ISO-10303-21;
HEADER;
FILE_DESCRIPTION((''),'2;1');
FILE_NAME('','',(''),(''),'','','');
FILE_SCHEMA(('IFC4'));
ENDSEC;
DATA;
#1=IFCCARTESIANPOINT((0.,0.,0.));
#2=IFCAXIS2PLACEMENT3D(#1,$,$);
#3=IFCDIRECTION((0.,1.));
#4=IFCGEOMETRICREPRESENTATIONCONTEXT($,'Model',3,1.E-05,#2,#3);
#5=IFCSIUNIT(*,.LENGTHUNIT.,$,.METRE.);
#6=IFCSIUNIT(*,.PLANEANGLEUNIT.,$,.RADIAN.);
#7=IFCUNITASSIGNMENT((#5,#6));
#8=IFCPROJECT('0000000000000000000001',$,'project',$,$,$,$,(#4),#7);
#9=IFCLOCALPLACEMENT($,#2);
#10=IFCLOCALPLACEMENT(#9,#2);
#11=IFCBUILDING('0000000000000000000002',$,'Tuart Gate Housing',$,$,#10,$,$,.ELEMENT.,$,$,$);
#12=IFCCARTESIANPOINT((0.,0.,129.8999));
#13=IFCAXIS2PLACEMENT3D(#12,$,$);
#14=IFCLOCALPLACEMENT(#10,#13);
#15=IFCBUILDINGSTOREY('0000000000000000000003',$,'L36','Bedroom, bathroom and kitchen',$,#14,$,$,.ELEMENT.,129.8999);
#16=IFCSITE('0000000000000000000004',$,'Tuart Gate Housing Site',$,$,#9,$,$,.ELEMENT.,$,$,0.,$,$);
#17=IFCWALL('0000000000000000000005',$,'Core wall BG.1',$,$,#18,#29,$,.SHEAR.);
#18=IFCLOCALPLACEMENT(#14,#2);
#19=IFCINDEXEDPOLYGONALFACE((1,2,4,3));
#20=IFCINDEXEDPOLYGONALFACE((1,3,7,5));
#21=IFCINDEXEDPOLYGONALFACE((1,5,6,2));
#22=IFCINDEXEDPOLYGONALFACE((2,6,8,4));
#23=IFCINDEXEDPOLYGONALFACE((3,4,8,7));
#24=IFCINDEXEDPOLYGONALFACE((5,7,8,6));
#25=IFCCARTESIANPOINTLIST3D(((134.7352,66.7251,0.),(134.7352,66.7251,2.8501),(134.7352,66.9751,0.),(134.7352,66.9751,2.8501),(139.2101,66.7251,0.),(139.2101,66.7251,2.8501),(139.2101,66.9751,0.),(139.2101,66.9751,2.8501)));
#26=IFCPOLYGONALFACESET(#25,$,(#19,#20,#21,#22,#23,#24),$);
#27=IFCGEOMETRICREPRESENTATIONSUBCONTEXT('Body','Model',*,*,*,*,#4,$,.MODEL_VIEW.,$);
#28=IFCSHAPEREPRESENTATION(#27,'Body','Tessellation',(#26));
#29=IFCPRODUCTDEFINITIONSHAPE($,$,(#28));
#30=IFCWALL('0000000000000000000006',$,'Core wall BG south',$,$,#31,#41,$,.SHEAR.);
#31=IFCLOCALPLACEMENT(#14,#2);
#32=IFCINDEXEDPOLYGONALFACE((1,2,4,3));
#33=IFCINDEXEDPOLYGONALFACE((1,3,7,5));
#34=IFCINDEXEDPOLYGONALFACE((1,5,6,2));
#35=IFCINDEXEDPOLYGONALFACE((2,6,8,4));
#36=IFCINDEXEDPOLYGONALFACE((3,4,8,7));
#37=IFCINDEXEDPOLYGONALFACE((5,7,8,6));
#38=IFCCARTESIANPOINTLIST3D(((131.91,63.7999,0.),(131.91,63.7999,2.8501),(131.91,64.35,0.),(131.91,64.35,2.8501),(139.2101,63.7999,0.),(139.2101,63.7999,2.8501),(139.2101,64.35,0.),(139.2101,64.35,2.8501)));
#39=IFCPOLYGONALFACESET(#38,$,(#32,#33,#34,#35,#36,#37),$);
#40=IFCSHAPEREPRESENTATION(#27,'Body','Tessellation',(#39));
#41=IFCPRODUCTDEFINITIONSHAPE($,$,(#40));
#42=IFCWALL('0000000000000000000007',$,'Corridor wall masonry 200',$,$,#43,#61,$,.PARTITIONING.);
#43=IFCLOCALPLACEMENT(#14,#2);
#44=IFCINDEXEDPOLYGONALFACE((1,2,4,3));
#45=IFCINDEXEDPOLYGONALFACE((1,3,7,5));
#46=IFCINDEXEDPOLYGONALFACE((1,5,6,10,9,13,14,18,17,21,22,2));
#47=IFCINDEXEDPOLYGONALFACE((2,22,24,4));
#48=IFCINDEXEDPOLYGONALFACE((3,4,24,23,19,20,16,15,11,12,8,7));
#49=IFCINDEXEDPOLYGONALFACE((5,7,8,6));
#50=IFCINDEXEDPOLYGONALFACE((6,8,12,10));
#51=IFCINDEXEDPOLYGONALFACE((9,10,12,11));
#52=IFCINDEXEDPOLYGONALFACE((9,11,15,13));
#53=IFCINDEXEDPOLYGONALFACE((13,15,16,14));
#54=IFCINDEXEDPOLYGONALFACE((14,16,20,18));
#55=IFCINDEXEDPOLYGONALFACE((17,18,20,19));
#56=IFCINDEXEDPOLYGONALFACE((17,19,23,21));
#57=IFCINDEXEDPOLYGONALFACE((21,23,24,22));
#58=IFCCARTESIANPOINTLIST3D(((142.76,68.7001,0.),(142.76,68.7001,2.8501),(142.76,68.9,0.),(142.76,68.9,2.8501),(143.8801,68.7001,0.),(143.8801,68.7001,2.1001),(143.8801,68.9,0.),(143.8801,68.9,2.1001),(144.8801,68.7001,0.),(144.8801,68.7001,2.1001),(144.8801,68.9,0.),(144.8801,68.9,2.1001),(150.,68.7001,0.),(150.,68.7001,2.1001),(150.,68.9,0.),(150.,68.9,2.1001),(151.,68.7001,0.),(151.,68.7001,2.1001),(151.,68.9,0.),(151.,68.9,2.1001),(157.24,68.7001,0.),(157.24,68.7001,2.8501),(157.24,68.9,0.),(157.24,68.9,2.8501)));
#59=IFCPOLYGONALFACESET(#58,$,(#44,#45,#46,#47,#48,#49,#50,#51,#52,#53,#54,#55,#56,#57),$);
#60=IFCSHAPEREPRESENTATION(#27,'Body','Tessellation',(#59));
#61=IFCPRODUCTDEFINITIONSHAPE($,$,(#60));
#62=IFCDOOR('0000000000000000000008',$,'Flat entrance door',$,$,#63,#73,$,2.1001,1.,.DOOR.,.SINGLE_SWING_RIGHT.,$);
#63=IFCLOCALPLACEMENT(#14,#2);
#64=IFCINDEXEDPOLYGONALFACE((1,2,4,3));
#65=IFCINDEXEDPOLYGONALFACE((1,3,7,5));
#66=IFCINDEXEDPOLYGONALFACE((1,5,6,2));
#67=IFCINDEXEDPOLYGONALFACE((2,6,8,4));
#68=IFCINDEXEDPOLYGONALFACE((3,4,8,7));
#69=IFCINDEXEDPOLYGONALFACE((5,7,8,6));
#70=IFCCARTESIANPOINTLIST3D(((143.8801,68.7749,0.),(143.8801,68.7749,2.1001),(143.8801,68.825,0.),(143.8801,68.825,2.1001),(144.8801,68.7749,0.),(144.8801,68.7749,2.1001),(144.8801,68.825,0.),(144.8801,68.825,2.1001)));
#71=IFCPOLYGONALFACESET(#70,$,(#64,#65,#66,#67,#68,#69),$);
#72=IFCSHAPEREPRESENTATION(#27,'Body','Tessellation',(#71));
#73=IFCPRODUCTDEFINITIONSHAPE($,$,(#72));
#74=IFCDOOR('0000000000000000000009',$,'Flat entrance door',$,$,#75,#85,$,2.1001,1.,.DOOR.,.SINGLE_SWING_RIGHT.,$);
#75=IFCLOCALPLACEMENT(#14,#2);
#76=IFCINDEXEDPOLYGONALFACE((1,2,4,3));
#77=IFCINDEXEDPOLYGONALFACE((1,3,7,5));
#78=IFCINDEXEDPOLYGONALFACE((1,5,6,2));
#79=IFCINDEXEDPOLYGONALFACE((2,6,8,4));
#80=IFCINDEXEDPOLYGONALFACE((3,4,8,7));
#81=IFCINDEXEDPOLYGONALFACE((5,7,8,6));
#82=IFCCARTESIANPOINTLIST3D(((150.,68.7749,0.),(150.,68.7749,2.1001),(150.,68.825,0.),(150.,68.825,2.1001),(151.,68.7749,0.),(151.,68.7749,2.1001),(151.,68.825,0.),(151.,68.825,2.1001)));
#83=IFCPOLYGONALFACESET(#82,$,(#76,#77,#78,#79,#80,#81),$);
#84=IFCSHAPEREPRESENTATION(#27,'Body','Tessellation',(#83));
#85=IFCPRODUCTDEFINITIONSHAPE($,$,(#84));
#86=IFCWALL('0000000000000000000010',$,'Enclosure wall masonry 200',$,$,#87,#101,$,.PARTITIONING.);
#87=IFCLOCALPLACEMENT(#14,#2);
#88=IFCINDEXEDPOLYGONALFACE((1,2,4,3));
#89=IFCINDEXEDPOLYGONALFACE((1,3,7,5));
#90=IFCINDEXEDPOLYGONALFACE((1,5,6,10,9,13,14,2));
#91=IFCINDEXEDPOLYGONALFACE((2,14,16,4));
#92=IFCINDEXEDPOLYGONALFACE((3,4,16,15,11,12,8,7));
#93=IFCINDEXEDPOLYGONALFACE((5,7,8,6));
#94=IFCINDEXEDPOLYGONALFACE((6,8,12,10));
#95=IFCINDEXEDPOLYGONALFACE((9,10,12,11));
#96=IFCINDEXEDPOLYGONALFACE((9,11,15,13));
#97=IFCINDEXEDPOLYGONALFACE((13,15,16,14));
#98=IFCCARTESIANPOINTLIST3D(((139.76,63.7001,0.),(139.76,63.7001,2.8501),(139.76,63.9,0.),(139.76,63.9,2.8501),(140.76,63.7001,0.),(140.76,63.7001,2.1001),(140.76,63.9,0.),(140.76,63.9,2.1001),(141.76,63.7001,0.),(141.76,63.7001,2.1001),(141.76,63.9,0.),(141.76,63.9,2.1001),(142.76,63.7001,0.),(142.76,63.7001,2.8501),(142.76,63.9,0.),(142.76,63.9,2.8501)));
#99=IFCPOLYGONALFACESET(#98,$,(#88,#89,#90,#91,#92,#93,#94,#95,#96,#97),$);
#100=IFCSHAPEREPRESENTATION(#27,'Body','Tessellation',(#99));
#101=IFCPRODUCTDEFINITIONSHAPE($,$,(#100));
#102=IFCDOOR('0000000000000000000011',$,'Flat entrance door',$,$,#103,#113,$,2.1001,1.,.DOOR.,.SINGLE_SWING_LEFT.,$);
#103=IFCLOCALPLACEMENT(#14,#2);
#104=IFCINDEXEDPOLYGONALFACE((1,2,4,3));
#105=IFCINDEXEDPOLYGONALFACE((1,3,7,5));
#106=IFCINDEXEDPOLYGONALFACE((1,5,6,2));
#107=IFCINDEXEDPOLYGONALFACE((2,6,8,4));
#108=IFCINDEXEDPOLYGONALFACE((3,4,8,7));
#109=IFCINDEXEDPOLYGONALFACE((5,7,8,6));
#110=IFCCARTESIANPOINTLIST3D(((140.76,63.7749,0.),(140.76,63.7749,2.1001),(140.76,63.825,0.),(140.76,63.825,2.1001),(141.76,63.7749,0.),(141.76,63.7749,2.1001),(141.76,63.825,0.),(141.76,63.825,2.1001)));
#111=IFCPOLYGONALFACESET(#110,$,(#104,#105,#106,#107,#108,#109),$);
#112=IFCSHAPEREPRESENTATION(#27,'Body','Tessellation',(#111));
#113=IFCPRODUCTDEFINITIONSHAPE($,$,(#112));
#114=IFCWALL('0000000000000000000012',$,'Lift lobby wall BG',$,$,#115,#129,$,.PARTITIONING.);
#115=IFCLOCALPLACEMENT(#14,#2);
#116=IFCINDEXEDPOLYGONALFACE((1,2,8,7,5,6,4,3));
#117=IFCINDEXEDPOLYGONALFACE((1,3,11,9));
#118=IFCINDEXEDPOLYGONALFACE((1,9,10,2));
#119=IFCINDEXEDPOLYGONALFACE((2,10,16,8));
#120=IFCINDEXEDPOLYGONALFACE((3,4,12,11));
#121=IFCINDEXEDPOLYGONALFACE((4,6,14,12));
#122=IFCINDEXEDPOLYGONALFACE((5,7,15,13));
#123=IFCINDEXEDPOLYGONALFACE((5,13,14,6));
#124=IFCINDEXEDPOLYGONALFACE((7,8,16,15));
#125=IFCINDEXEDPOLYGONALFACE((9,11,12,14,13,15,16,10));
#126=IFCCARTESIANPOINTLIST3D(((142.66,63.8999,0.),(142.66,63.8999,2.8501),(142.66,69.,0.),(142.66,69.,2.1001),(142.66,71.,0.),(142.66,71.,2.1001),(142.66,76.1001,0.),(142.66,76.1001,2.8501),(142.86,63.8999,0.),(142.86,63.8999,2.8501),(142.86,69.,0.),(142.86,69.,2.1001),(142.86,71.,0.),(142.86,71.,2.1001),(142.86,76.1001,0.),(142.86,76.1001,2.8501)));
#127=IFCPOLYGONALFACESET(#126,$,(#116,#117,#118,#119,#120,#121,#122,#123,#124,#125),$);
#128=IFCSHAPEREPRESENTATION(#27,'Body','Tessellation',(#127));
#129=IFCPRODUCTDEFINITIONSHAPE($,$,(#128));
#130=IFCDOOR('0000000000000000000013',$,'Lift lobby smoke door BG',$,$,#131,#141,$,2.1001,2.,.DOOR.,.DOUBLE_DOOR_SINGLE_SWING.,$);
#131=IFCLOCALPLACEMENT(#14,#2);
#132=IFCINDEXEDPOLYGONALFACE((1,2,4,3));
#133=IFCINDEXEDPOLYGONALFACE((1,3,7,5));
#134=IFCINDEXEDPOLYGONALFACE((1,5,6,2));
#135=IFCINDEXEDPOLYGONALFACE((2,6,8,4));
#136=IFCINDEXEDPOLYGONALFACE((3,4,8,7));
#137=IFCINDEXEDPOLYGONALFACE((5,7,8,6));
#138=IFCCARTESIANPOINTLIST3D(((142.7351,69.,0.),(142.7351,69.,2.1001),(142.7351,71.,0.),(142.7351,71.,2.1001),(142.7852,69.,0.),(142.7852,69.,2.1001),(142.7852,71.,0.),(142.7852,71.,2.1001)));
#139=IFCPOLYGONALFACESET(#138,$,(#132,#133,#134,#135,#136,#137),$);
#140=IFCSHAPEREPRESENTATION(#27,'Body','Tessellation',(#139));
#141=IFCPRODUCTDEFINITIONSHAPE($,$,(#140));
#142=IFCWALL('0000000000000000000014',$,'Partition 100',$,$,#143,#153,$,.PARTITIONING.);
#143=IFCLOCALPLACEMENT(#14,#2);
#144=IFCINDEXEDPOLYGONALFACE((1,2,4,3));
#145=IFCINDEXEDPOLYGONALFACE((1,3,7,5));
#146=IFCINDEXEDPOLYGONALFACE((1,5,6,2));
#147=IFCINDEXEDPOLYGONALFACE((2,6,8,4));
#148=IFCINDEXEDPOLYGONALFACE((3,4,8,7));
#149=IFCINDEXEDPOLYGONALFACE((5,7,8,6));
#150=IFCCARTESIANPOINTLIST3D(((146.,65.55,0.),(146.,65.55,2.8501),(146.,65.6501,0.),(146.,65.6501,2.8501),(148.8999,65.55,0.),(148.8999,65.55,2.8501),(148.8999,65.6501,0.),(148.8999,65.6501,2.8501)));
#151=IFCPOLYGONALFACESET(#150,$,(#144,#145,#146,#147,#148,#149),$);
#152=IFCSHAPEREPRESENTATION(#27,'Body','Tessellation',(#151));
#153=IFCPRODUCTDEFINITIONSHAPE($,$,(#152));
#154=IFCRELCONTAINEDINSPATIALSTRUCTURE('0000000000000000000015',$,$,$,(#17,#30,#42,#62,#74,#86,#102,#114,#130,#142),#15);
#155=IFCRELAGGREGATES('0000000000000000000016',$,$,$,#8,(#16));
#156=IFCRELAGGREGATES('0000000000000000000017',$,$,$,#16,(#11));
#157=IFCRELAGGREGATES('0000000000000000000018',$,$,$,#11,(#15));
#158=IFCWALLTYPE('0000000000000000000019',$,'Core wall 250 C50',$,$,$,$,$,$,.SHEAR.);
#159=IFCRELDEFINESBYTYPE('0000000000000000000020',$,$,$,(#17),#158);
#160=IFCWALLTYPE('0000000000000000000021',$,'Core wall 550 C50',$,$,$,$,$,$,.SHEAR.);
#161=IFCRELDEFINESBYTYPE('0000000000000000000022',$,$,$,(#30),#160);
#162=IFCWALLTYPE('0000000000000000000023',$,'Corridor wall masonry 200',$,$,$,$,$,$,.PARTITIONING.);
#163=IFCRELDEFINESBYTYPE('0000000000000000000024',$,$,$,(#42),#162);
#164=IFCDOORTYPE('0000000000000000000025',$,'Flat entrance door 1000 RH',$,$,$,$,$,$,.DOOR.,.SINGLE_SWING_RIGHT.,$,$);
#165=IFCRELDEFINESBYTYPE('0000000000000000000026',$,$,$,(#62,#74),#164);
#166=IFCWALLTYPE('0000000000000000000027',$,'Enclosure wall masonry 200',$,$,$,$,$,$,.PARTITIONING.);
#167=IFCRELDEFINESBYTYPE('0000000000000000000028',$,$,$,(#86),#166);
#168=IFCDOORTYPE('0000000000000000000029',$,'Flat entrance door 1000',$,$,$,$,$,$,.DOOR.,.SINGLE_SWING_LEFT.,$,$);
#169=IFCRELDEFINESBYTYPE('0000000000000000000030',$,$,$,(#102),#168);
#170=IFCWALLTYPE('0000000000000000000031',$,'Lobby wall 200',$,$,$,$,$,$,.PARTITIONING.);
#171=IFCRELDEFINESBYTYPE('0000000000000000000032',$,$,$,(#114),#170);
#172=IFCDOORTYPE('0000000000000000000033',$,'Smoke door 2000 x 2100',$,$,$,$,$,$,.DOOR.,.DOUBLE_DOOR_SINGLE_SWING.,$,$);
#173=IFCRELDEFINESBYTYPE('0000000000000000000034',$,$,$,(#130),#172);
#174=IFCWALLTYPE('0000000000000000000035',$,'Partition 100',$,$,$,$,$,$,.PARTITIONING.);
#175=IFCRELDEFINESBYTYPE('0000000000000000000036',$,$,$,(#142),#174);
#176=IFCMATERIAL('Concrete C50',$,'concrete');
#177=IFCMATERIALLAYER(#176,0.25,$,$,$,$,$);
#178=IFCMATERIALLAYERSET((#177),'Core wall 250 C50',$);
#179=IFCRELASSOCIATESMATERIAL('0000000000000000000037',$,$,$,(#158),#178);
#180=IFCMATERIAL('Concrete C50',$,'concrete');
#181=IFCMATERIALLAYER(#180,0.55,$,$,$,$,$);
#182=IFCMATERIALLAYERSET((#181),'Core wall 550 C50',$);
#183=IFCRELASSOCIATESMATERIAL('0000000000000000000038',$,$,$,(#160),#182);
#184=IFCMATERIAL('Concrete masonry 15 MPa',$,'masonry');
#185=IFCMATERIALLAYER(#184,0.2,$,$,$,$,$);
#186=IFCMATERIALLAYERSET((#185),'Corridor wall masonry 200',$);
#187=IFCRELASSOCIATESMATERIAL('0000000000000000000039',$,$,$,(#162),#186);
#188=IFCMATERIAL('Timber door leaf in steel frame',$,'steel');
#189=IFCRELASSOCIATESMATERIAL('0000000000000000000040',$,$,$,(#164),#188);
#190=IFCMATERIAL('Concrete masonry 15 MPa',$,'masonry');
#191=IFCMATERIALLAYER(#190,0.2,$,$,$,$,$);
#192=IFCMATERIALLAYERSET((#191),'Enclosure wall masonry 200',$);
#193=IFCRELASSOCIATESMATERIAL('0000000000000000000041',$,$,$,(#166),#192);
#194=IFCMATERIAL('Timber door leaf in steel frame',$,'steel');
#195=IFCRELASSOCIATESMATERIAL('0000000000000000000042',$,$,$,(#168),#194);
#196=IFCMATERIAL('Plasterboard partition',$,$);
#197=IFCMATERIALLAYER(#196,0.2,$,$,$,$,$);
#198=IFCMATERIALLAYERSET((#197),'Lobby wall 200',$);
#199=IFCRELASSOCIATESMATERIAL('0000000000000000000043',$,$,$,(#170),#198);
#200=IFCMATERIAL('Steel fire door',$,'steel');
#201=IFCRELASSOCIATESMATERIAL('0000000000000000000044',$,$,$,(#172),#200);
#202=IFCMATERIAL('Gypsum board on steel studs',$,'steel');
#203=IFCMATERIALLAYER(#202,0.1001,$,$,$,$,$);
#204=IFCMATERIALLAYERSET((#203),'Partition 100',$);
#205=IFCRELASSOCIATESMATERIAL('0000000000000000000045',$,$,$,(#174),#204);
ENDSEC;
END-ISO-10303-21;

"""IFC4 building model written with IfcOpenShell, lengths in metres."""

from ifc_helpers import new_model, si_unit, direction, frame, frame_2d, origin, place, context, subcontext, project, spatial, rectangle, extrude, material, layer, layer_set, type_object, element, fill, save


model = new_model("IFC4")

# Units and contexts
model_context = context("Model", 3, precision=1e-05, world=origin(), true_north=direction((0.0, 1.0)))
body_context = subcontext(model_context, "Body", "Model", "MODEL_VIEW")
ifc_project = project(units=[si_unit("LENGTHUNIT", "METRE"), si_unit("PLANEANGLEUNIT", "RADIAN")], contexts=[model_context])

# Site, building, storey
site_placement = place(None, origin())
site = spatial("IfcSite", under=ifc_project, at=site_placement, Name="Tuart Gate Housing Site", CompositionType="ELEMENT", RefElevation=0.0)
building_placement = place(site_placement, origin())
building = spatial("IfcBuilding", under=site, at=building_placement, Name="Tuart Gate Housing", CompositionType="ELEMENT")
storey_placement = place(building_placement, frame((0.0, 0.0, 129.8999)))
storey = spatial("IfcBuildingStorey", under=building, at=storey_placement, Name="L36", Description="Bedroom, bathroom and kitchen", CompositionType="ELEMENT", Elevation=129.8999)

# Walls
ifc_material_1 = material(Name="Concrete C50", Category="concrete")
ifc_layer_1 = layer(ifc_material_1, 0.25)
ifc_layer_set_1 = layer_set([ifc_layer_1], Name="Core wall 250 C50")
wall_type_1 = type_object("IfcWallType", Name="Core wall 250 C50", PredefinedType="SHEAR", material=ifc_layer_set_1)
wall_1_placement = place(storey_placement, frame((139.21, 66.8501, 0.0), z_axis=(0.0, 0.0, 1.0), x_axis=(-1.0, 0.0, 0.0)))
element("IfcWall", 1, at=wall_1_placement, inside=storey, type_object=wall_type_1, Name="Core wall BG.1", PredefinedType="SHEAR", context=body_context, shape_type="SweptSolid", body=[
    extrude(rectangle(XDim=4.4749, YDim=0.25, at=frame_2d((2.2373, 0.0))), origin(), (0.0, 0.0, 1.0), 2.8501),
])
ifc_material_2 = material(Name="Concrete C50", Category="concrete")
ifc_layer_2 = layer(ifc_material_2, 0.55)
ifc_layer_set_2 = layer_set([ifc_layer_2], Name="Core wall 550 C50")
wall_type_2 = type_object("IfcWallType", Name="Core wall 550 C50", PredefinedType="SHEAR", material=ifc_layer_set_2)
wall_2_placement = place(storey_placement, frame((139.21, 64.075, 0.0), z_axis=(0.0, 0.0, 1.0), x_axis=(-1.0, 0.0, 0.0)))
element("IfcWall", 2, at=wall_2_placement, inside=storey, type_object=wall_type_2, Name="Core wall BG south", PredefinedType="SHEAR", context=body_context, shape_type="SweptSolid", body=[
    extrude(rectangle(XDim=7.3, YDim=0.55, at=frame_2d((3.6499, 0.0))), origin(), (0.0, 0.0, 1.0), 2.8501),
])

# Wall, openings, doors
ifc_material_3 = material(Name="Concrete masonry 15 MPa", Category="masonry")
ifc_layer_3 = layer(ifc_material_3, 0.2)
ifc_layer_set_3 = layer_set([ifc_layer_3], Name="Corridor wall masonry 200")
wall_type_3 = type_object("IfcWallType", Name="Corridor wall masonry 200", PredefinedType="PARTITIONING", material=ifc_layer_set_3)
wall_3_placement = place(storey_placement, frame((142.76, 68.8, 0.0), z_axis=(0.0, 0.0, 1.0), x_axis=(1.0, 0.0, 0.0)))
wall_3 = element("IfcWall", 3, at=wall_3_placement, inside=storey, type_object=wall_type_3, Name="Corridor wall masonry 200", PredefinedType="PARTITIONING", context=body_context, shape_type="SweptSolid", body=[
    extrude(rectangle(XDim=14.48, YDim=0.2, at=frame_2d((7.24, 0.0))), origin(), (0.0, 0.0, 1.0), 2.8501),
])
opening_1_placement = place(wall_3_placement, frame((1.1201, 0.0, 0.0)))
opening_1 = element("IfcOpeningElement", 4, at=opening_1_placement, cuts=wall_3, PredefinedType="OPENING", context=body_context, shape_type="SweptSolid", body=[
    extrude(rectangle(XDim=1.0, YDim=2.1001, at=frame_2d((0.5, 1.05))), frame((0.0, 0.1099, 0.0), z_axis=(0.0, -1.0, 0.0), x_axis=(1.0, 0.0, 0.0)), (0.0, 0.0, 1.0), 0.22),
])
opening_2_placement = place(wall_3_placement, frame((7.24, 0.0, 0.0)))
opening_2 = element("IfcOpeningElement", 5, at=opening_2_placement, cuts=wall_3, PredefinedType="OPENING", context=body_context, shape_type="SweptSolid", body=[
    extrude(rectangle(XDim=1.0, YDim=2.1001, at=frame_2d((0.5, 1.05))), frame((0.0, 0.1099, 0.0), z_axis=(0.0, -1.0, 0.0), x_axis=(1.0, 0.0, 0.0)), (0.0, 0.0, 1.0), 0.22),
])
ifc_material_4 = material(Name="Timber door leaf in steel frame", Category="steel")
door_type_1 = type_object("IfcDoorType", Name="Flat entrance door 1000 RH", OperationType="SINGLE_SWING_RIGHT", PredefinedType="DOOR", material=ifc_material_4)
door_1_placement = place(opening_1_placement, frame((1.0, 0.0, 0.0), z_axis=(0.0, 0.0, 1.0), x_axis=(-1.0, 0.0, 0.0)))
door_1 = element("IfcDoor", 6, at=door_1_placement, inside=storey, type_object=door_type_1, Name="Flat entrance door", OperationType="SINGLE_SWING_RIGHT", OverallHeight=2.1001, OverallWidth=1.0, PredefinedType="DOOR", context=body_context, shape_type="SweptSolid", body=[
    extrude(rectangle(XDim=1.0, YDim=2.1001, at=frame_2d((0.5, 1.05))), frame((0.0, 0.0251, 0.0), z_axis=(0.0, -1.0, 0.0), x_axis=(1.0, 0.0, 0.0)), (0.0, 0.0, 1.0), 0.05),
])
fill(opening_1, door_1)
door_2_placement = place(opening_2_placement, frame((1.0, 0.0, 0.0), z_axis=(0.0, 0.0, 1.0), x_axis=(-1.0, 0.0, 0.0)))
door_2 = element("IfcDoor", 7, at=door_2_placement, inside=storey, type_object=door_type_1, Name="Flat entrance door", OperationType="SINGLE_SWING_RIGHT", OverallHeight=2.1001, OverallWidth=1.0, PredefinedType="DOOR", context=body_context, shape_type="SweptSolid", body=[
    extrude(rectangle(XDim=1.0, YDim=2.1001, at=frame_2d((0.5, 1.05))), frame((0.0, 0.0251, 0.0), z_axis=(0.0, -1.0, 0.0), x_axis=(1.0, 0.0, 0.0)), (0.0, 0.0, 1.0), 0.05),
])
fill(opening_2, door_2)

# Walls, openings, doors
ifc_material_5 = material(Name="Concrete masonry 15 MPa", Category="masonry")
ifc_layer_4 = layer(ifc_material_5, 0.2)
ifc_layer_set_4 = layer_set([ifc_layer_4], Name="Enclosure wall masonry 200")
wall_type_4 = type_object("IfcWallType", Name="Enclosure wall masonry 200", PredefinedType="PARTITIONING", material=ifc_layer_set_4)
wall_4_placement = place(storey_placement, frame((139.76, 63.8, 0.0), z_axis=(0.0, 0.0, 1.0), x_axis=(1.0, 0.0, 0.0)))
wall_4 = element("IfcWall", 8, at=wall_4_placement, inside=storey, type_object=wall_type_4, Name="Enclosure wall masonry 200", PredefinedType="PARTITIONING", context=body_context, shape_type="SweptSolid", body=[
    extrude(rectangle(XDim=3.0, YDim=0.2, at=frame_2d((1.5, 0.0))), origin(), (0.0, 0.0, 1.0), 2.8501),
])
opening_3_placement = place(wall_4_placement, frame((1.0, 0.0, 0.0)))
opening_3 = element("IfcOpeningElement", 9, at=opening_3_placement, cuts=wall_4, PredefinedType="OPENING", context=body_context, shape_type="SweptSolid", body=[
    extrude(rectangle(XDim=1.0, YDim=2.1001, at=frame_2d((0.5, 1.05))), frame((0.0, 0.1099, 0.0), z_axis=(0.0, -1.0, 0.0), x_axis=(1.0, 0.0, 0.0)), (0.0, 0.0, 1.0), 0.22),
])
ifc_material_6 = material(Name="Timber door leaf in steel frame", Category="steel")
door_type_2 = type_object("IfcDoorType", Name="Flat entrance door 1000", OperationType="SINGLE_SWING_LEFT", PredefinedType="DOOR", material=ifc_material_6)
door_3_placement = place(opening_3_placement, frame((1.0, 0.0, 0.0), z_axis=(0.0, 0.0, 1.0), x_axis=(-1.0, 0.0, 0.0)))
door_3 = element("IfcDoor", 10, at=door_3_placement, inside=storey, type_object=door_type_2, Name="Flat entrance door", OperationType="SINGLE_SWING_LEFT", OverallHeight=2.1001, OverallWidth=1.0, PredefinedType="DOOR", context=body_context, shape_type="SweptSolid", body=[
    extrude(rectangle(XDim=1.0, YDim=2.1001, at=frame_2d((0.5, 1.05))), frame((0.0, 0.0251, 0.0), z_axis=(0.0, -1.0, 0.0), x_axis=(1.0, 0.0, 0.0)), (0.0, 0.0, 1.0), 0.05),
])
fill(opening_3, door_3)
ifc_material_7 = material(Name="Plasterboard partition")
ifc_layer_5 = layer(ifc_material_7, 0.2)
ifc_layer_set_5 = layer_set([ifc_layer_5], Name="Lobby wall 200")
wall_type_5 = type_object("IfcWallType", Name="Lobby wall 200", PredefinedType="PARTITIONING", material=ifc_layer_set_5)
wall_5_placement = place(storey_placement, frame((142.76, 63.8999, 0.0), z_axis=(0.0, 0.0, 1.0), x_axis=(0.0, 1.0, 0.0)))
wall_5 = element("IfcWall", 11, at=wall_5_placement, inside=storey, type_object=wall_type_5, Name="Lift lobby wall BG", PredefinedType="PARTITIONING", context=body_context, shape_type="SweptSolid", body=[
    extrude(rectangle(XDim=12.2002, YDim=0.2, at=frame_2d((6.1001, 0.0))), origin(), (0.0, 0.0, 1.0), 2.8501),
])
opening_4_placement = place(wall_5_placement, frame((5.1001, 0.0, 0.0)))
opening_4 = element("IfcOpeningElement", 12, at=opening_4_placement, cuts=wall_5, PredefinedType="OPENING", context=body_context, shape_type="SweptSolid", body=[
    extrude(rectangle(XDim=2.0, YDim=2.1001, at=frame_2d((1.0, 1.05))), frame((0.0, 0.1099, 0.0), z_axis=(0.0, -1.0, 0.0), x_axis=(1.0, 0.0, 0.0)), (0.0, 0.0, 1.0), 0.22),
])
ifc_material_8 = material(Name="Steel fire door", Category="steel")
door_type_3 = type_object("IfcDoorType", Name="Smoke door 2000 x 2100", OperationType="DOUBLE_DOOR_SINGLE_SWING", PredefinedType="DOOR", material=ifc_material_8)
door_4_placement = place(opening_4_placement, origin())
door_4 = element("IfcDoor", 13, at=door_4_placement, inside=storey, type_object=door_type_3, Name="Lift lobby smoke door BG", OperationType="DOUBLE_DOOR_SINGLE_SWING", OverallHeight=2.1001, OverallWidth=2.0, PredefinedType="DOOR", context=body_context, shape_type="SweptSolid", body=[
    extrude(rectangle(XDim=2.0, YDim=2.1001, at=frame_2d((1.0, 1.05))), frame((0.0, 0.0249, 0.0), z_axis=(0.0, -1.0, 0.0), x_axis=(1.0, 0.0, 0.0)), (0.0, 0.0, 1.0), 0.05),
])
fill(opening_4, door_4)

# Wall
ifc_material_9 = material(Name="Gypsum board on steel studs", Category="steel")
ifc_layer_6 = layer(ifc_material_9, 0.1001)
ifc_layer_set_6 = layer_set([ifc_layer_6], Name="Partition 100")
wall_type_6 = type_object("IfcWallType", Name="Partition 100", PredefinedType="PARTITIONING", material=ifc_layer_set_6)
wall_6_placement = place(storey_placement, frame((146.0, 65.6001, 0.0), z_axis=(0.0, 0.0, 1.0), x_axis=(1.0, 0.0, 0.0)))
element("IfcWall", 14, at=wall_6_placement, inside=storey, type_object=wall_type_6, Name="Partition 100", PredefinedType="PARTITIONING", context=body_context, shape_type="SweptSolid", body=[
    extrude(rectangle(XDim=2.8999, YDim=0.1001, at=frame_2d((1.45, 0.0))), origin(), (0.0, 0.0, 1.0), 2.8501),
])

save(model, "model.ifc")
